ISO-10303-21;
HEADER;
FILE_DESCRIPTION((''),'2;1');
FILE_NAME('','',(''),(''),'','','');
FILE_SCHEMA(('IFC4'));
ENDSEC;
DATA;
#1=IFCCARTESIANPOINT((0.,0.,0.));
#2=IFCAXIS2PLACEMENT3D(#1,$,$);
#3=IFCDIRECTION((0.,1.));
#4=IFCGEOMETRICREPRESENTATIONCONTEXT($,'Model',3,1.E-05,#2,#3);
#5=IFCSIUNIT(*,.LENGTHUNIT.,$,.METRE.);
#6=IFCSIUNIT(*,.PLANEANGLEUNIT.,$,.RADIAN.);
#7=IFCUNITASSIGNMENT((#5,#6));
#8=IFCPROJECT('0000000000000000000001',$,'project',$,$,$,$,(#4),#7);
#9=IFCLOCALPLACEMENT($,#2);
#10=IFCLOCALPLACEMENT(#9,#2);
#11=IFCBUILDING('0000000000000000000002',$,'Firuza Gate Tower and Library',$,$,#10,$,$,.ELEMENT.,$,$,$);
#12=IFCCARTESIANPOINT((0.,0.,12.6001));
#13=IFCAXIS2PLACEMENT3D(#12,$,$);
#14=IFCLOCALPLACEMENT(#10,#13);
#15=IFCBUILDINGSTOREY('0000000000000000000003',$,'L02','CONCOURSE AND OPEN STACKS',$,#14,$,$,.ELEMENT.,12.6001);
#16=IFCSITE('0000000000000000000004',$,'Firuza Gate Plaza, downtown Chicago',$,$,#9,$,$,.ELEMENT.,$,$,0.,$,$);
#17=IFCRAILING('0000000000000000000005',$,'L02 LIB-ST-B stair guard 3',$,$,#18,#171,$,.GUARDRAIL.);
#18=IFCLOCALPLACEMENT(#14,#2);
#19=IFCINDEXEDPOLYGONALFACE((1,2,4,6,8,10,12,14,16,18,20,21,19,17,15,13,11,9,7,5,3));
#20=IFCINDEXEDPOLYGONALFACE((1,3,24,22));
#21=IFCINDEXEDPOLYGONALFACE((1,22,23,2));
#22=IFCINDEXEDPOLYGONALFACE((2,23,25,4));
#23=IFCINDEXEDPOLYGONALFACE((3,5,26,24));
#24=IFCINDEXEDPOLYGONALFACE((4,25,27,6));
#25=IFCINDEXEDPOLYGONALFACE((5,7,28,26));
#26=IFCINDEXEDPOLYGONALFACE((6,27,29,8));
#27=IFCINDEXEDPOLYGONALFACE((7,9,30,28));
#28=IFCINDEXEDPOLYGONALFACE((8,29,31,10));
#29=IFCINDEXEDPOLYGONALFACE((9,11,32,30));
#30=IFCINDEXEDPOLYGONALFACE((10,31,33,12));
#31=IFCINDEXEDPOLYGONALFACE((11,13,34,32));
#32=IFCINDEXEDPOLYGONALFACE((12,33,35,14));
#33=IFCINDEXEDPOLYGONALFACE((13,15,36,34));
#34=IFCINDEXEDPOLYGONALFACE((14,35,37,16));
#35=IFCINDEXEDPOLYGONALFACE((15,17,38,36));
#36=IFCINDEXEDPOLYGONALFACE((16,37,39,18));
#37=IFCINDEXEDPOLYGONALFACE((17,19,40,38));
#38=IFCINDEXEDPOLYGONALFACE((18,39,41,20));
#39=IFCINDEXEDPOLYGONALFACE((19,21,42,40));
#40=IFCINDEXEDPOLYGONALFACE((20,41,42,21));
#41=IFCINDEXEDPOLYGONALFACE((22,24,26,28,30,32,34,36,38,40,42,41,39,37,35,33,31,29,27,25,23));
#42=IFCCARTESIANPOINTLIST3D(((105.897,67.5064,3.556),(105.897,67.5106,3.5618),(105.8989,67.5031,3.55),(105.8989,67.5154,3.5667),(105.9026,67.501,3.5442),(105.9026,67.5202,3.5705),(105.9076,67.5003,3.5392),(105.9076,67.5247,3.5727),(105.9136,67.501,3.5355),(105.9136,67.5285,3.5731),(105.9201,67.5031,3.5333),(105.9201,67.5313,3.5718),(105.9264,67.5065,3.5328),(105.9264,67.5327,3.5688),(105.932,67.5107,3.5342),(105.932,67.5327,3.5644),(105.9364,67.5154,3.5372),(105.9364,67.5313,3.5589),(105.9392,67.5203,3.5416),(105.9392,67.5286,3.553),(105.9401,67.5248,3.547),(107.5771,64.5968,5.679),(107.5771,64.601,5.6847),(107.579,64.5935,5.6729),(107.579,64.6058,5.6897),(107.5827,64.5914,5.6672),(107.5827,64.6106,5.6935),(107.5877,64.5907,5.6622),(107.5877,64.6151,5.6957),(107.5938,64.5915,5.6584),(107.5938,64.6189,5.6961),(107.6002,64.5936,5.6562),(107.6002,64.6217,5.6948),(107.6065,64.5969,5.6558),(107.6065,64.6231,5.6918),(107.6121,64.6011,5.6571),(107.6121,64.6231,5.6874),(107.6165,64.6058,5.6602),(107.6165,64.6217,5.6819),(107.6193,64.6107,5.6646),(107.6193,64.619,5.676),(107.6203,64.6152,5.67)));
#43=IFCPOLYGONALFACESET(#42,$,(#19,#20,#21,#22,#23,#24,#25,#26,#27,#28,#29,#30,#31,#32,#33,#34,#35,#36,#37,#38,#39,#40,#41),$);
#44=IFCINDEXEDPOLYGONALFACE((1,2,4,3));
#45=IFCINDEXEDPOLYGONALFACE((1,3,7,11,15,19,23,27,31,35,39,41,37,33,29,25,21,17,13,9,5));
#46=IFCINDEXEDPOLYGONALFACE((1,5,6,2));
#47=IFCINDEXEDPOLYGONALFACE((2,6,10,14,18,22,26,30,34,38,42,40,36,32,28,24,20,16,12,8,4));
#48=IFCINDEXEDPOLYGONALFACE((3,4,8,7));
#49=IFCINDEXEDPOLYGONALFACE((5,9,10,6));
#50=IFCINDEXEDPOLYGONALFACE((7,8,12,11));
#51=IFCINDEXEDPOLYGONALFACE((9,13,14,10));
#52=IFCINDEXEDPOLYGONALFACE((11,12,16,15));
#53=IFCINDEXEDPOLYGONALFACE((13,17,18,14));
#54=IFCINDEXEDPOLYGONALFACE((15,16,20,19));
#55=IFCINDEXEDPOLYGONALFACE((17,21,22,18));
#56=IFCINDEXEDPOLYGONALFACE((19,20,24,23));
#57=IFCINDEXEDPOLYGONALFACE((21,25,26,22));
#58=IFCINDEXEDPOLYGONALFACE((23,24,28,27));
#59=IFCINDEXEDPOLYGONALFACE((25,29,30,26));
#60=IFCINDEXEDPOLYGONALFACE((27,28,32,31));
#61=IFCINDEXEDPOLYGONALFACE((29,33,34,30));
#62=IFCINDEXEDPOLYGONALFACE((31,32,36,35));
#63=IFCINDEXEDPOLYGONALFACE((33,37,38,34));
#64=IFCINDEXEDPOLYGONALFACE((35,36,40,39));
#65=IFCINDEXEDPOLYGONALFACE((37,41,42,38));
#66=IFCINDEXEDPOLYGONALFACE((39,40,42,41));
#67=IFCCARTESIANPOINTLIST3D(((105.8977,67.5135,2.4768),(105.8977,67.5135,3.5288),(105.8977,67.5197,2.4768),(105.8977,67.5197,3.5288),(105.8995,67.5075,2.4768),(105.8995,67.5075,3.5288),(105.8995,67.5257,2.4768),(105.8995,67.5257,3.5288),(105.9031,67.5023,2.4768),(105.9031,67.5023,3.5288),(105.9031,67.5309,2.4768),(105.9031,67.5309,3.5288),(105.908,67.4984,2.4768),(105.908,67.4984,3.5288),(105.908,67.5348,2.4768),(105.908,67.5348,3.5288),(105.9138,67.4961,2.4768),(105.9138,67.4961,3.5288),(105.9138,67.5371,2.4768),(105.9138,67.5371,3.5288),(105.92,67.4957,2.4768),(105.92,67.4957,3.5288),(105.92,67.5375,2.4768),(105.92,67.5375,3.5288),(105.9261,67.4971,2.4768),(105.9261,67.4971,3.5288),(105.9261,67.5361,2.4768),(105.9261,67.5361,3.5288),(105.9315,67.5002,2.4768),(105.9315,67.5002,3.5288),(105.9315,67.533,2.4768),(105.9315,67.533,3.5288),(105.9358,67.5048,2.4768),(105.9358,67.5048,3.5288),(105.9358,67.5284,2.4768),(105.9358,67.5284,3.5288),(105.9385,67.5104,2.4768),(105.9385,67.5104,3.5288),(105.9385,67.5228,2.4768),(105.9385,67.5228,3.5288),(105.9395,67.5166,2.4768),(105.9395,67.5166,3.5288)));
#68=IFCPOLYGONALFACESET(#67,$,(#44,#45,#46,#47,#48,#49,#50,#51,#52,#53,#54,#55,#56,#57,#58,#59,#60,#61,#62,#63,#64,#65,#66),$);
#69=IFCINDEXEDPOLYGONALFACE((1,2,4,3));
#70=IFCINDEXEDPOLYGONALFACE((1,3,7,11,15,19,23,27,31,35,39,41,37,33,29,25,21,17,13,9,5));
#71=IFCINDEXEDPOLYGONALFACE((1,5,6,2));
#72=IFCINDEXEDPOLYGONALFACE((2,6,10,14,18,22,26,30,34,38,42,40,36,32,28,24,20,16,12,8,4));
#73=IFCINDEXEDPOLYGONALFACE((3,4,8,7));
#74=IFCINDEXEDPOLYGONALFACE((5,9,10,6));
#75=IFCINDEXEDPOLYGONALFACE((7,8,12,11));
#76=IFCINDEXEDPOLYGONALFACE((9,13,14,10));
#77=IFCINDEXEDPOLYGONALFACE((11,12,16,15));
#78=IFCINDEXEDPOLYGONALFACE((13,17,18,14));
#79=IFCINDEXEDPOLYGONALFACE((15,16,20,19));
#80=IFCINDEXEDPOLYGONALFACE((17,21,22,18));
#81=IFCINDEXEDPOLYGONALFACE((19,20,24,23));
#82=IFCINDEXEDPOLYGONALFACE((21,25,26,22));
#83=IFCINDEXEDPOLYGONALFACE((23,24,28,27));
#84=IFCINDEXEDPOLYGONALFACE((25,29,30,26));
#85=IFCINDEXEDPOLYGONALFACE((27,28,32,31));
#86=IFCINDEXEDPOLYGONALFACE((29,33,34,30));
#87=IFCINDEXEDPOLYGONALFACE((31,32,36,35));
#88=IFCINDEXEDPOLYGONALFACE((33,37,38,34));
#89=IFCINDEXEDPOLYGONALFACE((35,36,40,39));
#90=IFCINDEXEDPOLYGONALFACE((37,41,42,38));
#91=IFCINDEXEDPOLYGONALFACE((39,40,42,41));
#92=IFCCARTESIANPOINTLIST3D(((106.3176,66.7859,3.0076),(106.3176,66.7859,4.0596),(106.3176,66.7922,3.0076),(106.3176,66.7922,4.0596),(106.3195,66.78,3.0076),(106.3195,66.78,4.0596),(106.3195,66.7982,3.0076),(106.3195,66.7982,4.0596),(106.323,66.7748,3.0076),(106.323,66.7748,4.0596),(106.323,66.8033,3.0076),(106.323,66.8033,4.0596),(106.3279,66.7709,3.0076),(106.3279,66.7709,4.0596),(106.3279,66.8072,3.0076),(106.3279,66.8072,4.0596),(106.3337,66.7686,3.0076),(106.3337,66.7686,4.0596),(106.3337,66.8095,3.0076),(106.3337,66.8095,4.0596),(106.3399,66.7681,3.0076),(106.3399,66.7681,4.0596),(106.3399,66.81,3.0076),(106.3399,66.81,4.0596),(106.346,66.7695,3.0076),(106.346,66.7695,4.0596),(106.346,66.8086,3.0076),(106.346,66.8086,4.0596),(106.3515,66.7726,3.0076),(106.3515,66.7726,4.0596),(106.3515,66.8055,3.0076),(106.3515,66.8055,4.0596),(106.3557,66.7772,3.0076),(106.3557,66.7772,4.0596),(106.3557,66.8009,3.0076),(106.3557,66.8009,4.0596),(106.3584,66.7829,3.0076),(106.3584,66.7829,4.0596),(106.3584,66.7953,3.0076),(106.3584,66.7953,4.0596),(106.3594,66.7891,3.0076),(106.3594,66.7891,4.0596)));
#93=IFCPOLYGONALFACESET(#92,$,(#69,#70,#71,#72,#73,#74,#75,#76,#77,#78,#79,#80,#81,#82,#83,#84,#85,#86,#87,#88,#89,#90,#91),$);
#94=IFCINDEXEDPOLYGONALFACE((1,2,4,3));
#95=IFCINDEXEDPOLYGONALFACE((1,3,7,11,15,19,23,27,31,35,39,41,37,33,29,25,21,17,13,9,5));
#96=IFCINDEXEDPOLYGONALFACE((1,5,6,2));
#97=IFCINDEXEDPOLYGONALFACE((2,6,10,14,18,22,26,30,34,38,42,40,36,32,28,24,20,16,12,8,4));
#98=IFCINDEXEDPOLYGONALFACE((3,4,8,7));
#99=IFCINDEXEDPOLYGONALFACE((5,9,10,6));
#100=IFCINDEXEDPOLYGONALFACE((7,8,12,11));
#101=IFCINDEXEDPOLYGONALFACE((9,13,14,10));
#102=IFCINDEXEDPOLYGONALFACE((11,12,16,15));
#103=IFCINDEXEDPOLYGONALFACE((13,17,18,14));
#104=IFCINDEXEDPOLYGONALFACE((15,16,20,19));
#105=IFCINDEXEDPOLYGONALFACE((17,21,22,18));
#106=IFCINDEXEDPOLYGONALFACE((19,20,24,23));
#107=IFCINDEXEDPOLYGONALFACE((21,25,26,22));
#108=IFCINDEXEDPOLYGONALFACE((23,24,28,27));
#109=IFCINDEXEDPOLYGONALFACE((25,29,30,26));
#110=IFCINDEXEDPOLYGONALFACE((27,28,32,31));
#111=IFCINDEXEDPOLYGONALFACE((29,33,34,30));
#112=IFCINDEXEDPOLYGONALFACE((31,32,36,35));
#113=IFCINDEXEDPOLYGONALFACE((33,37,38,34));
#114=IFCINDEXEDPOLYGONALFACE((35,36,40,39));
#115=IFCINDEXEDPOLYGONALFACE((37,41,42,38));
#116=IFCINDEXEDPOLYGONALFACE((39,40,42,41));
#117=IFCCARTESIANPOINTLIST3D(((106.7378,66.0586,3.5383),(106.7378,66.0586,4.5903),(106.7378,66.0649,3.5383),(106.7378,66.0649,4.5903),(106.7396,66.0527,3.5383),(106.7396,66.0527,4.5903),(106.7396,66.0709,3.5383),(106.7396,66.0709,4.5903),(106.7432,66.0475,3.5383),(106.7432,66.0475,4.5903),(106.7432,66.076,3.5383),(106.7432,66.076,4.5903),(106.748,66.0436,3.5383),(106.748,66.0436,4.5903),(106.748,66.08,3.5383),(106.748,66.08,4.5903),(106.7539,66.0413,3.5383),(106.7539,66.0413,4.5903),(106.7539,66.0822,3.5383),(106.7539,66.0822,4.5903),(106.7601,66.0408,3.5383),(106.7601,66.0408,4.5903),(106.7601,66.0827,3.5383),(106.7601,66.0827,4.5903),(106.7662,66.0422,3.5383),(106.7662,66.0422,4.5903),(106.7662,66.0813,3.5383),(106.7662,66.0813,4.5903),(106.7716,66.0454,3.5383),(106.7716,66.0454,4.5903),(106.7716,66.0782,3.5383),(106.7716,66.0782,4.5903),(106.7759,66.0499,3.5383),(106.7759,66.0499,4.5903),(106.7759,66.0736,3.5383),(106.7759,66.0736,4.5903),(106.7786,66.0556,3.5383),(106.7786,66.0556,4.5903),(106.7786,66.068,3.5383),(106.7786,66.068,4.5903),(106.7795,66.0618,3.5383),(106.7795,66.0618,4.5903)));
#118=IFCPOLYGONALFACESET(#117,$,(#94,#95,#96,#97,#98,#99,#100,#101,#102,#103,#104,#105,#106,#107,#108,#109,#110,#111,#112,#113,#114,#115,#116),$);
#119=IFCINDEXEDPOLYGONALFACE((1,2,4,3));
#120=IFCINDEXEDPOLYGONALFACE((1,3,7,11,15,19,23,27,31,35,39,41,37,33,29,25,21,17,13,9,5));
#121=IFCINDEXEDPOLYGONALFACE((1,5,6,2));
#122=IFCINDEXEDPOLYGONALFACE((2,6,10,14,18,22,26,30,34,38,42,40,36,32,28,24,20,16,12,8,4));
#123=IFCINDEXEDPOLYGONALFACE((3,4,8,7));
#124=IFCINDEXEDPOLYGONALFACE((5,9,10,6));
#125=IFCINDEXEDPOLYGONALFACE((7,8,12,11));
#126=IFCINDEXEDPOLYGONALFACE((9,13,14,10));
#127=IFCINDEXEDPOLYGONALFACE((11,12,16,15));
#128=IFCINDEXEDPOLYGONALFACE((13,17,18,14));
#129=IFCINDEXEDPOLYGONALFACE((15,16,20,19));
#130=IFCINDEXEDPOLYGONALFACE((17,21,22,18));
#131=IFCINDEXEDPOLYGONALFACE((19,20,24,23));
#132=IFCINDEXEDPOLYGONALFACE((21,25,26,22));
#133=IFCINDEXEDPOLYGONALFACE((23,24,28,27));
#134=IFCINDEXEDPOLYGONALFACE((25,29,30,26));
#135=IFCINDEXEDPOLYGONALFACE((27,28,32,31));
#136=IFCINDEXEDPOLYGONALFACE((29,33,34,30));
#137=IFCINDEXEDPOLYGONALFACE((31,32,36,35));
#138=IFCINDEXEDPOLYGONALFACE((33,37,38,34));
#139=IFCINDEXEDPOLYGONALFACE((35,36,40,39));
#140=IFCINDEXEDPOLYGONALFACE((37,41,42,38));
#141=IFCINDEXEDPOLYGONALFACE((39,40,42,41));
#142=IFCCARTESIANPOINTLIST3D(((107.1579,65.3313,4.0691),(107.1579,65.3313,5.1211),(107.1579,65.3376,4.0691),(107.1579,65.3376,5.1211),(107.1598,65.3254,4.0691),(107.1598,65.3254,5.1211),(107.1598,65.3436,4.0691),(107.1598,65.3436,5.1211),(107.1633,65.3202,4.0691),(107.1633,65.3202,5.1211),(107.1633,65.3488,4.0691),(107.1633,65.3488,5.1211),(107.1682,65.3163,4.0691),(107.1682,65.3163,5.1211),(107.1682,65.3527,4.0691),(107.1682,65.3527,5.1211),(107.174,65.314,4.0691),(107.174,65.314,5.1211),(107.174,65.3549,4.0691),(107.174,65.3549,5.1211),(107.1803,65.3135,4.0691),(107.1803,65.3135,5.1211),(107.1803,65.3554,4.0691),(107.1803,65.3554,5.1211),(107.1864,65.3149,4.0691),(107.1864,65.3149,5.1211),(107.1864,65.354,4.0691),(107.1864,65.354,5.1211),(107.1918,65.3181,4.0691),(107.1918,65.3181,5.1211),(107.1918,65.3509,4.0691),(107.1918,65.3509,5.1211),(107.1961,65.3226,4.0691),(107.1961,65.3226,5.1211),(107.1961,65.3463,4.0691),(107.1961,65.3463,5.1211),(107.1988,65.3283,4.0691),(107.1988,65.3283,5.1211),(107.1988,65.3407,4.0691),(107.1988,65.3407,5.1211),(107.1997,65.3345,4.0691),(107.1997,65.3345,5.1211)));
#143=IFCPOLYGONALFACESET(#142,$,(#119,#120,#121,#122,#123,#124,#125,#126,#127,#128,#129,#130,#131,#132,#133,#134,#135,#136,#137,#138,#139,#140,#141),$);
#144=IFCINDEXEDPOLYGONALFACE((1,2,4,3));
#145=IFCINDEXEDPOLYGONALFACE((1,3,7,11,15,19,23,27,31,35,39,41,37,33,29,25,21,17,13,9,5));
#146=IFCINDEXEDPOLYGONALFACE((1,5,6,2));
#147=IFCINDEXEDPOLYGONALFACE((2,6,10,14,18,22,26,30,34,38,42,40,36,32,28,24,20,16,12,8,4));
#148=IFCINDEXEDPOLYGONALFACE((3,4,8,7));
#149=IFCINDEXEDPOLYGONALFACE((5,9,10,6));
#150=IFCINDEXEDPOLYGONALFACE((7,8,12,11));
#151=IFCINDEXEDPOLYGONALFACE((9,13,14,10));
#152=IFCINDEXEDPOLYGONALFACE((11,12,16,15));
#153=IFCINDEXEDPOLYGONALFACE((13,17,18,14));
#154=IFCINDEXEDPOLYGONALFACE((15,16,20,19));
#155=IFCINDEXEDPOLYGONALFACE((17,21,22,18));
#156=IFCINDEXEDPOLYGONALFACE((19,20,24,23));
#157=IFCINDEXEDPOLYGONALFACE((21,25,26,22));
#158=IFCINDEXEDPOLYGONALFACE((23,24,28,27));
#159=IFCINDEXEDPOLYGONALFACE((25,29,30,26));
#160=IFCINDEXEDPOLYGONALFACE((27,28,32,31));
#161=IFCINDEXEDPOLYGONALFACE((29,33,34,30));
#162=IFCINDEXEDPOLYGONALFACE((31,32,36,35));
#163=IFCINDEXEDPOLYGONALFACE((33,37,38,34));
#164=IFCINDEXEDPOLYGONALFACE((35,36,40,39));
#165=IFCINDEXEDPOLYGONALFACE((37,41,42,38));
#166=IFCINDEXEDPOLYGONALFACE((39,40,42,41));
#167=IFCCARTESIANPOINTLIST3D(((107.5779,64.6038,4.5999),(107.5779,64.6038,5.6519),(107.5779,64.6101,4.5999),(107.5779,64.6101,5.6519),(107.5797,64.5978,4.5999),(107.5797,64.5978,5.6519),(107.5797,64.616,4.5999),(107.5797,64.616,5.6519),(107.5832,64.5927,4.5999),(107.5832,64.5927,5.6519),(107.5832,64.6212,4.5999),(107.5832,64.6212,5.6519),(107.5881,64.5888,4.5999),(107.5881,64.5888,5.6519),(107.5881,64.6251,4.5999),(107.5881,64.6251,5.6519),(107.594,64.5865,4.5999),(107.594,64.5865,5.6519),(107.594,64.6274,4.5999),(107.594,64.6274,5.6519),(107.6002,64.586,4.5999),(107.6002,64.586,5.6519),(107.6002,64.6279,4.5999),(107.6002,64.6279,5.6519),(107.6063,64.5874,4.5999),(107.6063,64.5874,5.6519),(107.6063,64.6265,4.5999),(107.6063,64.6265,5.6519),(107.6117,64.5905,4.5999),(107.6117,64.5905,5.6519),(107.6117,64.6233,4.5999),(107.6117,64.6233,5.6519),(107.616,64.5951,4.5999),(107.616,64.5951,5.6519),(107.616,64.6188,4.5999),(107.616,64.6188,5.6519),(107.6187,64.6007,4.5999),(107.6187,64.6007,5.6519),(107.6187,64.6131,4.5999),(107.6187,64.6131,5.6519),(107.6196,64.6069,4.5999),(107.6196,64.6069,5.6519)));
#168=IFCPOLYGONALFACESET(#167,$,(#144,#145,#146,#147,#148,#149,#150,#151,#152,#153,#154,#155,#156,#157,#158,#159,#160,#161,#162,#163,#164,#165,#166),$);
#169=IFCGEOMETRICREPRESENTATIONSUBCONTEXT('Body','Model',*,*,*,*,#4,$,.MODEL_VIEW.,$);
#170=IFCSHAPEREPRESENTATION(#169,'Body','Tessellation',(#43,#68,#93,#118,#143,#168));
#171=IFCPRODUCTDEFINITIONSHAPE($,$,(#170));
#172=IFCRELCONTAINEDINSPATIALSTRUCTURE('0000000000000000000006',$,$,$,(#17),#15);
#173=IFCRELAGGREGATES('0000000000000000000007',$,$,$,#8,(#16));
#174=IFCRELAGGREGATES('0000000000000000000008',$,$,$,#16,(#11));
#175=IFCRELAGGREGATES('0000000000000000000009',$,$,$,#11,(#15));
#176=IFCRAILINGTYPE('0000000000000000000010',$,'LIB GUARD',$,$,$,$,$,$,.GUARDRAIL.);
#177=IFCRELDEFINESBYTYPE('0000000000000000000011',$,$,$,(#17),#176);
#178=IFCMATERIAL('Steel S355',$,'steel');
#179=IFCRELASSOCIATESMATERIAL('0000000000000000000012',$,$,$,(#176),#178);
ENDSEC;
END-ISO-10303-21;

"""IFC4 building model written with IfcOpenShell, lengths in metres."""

from ifc_helpers import new_model, si_unit, direction, frame, origin, origin_2d, place, context, subcontext, project, spatial, circle, extrude, material, type_object, element, save


model = new_model("IFC4")

# Units and contexts
model_context = context("Model", 3, precision=1e-05, world=origin(), true_north=direction((0.0, 1.0)))
body_context = subcontext(model_context, "Body", "Model", "MODEL_VIEW")
ifc_project = project(units=[si_unit("LENGTHUNIT", "METRE"), si_unit("PLANEANGLEUNIT", "RADIAN")], contexts=[model_context])

# Site, building, storey
site_placement = place(None, origin())
site = spatial("IfcSite", under=ifc_project, at=site_placement, Name="Firuza Gate Plaza, downtown Chicago", CompositionType="ELEMENT", RefElevation=0.0)
building_placement = place(site_placement, origin())
building = spatial("IfcBuilding", under=site, at=building_placement, Name="Firuza Gate Tower and Library", CompositionType="ELEMENT")
storey_placement = place(building_placement, frame((0.0, 0.0, 12.6001)))
storey = spatial("IfcBuildingStorey", under=building, at=storey_placement, Name="L02", Description="CONCOURSE AND OPEN STACKS", CompositionType="ELEMENT", Elevation=12.6001)

# Railing
ifc_material_1 = material(Name="Steel S355", Category="steel")
railing_type_1 = type_object("IfcRailingType", Name="LIB GUARD", PredefinedType="GUARDRAIL", material=ifc_material_1)
railing_1_placement = place(storey_placement, frame((105.9185, 67.5166, 2.4768)))
element("IfcRailing", 1, at=railing_1_placement, inside=storey, type_object=railing_type_1, Name="L02 LIB-ST-B stair guard 3", PredefinedType="GUARDRAIL", context=body_context, shape_type="SweptSolid", body=[
    extrude(circle(Radius=0.0239, at=origin_2d()), frame((0.0, 0.0, 1.0762), z_axis=(0.422741, -0.732088, 0.53417), x_axis=(0.86599, 0.500062, 0.0)), (0.0, 0.0, 1.0), 3.9744),
    extrude(circle(Radius=0.021, at=origin_2d()), origin(), (0.0, 0.0, 1.0), 1.052),
    extrude(circle(Radius=0.021, at=origin_2d()), frame((0.4199, -0.7275, 0.5308)), (0.0, 0.0, 1.0), 1.052),
    extrude(circle(Radius=0.021, at=origin_2d()), frame((0.8401, -1.4548, 1.0615)), (0.0, 0.0, 1.0), 1.052),
    extrude(circle(Radius=0.021, at=origin_2d()), frame((1.2603, -2.1821, 1.5923)), (0.0, 0.0, 1.0), 1.052),
    extrude(circle(Radius=0.021, at=origin_2d()), frame((1.6802, -2.9097, 2.123)), (0.0, 0.0, 1.0), 1.052),
])

save(model, "model.ifc")
